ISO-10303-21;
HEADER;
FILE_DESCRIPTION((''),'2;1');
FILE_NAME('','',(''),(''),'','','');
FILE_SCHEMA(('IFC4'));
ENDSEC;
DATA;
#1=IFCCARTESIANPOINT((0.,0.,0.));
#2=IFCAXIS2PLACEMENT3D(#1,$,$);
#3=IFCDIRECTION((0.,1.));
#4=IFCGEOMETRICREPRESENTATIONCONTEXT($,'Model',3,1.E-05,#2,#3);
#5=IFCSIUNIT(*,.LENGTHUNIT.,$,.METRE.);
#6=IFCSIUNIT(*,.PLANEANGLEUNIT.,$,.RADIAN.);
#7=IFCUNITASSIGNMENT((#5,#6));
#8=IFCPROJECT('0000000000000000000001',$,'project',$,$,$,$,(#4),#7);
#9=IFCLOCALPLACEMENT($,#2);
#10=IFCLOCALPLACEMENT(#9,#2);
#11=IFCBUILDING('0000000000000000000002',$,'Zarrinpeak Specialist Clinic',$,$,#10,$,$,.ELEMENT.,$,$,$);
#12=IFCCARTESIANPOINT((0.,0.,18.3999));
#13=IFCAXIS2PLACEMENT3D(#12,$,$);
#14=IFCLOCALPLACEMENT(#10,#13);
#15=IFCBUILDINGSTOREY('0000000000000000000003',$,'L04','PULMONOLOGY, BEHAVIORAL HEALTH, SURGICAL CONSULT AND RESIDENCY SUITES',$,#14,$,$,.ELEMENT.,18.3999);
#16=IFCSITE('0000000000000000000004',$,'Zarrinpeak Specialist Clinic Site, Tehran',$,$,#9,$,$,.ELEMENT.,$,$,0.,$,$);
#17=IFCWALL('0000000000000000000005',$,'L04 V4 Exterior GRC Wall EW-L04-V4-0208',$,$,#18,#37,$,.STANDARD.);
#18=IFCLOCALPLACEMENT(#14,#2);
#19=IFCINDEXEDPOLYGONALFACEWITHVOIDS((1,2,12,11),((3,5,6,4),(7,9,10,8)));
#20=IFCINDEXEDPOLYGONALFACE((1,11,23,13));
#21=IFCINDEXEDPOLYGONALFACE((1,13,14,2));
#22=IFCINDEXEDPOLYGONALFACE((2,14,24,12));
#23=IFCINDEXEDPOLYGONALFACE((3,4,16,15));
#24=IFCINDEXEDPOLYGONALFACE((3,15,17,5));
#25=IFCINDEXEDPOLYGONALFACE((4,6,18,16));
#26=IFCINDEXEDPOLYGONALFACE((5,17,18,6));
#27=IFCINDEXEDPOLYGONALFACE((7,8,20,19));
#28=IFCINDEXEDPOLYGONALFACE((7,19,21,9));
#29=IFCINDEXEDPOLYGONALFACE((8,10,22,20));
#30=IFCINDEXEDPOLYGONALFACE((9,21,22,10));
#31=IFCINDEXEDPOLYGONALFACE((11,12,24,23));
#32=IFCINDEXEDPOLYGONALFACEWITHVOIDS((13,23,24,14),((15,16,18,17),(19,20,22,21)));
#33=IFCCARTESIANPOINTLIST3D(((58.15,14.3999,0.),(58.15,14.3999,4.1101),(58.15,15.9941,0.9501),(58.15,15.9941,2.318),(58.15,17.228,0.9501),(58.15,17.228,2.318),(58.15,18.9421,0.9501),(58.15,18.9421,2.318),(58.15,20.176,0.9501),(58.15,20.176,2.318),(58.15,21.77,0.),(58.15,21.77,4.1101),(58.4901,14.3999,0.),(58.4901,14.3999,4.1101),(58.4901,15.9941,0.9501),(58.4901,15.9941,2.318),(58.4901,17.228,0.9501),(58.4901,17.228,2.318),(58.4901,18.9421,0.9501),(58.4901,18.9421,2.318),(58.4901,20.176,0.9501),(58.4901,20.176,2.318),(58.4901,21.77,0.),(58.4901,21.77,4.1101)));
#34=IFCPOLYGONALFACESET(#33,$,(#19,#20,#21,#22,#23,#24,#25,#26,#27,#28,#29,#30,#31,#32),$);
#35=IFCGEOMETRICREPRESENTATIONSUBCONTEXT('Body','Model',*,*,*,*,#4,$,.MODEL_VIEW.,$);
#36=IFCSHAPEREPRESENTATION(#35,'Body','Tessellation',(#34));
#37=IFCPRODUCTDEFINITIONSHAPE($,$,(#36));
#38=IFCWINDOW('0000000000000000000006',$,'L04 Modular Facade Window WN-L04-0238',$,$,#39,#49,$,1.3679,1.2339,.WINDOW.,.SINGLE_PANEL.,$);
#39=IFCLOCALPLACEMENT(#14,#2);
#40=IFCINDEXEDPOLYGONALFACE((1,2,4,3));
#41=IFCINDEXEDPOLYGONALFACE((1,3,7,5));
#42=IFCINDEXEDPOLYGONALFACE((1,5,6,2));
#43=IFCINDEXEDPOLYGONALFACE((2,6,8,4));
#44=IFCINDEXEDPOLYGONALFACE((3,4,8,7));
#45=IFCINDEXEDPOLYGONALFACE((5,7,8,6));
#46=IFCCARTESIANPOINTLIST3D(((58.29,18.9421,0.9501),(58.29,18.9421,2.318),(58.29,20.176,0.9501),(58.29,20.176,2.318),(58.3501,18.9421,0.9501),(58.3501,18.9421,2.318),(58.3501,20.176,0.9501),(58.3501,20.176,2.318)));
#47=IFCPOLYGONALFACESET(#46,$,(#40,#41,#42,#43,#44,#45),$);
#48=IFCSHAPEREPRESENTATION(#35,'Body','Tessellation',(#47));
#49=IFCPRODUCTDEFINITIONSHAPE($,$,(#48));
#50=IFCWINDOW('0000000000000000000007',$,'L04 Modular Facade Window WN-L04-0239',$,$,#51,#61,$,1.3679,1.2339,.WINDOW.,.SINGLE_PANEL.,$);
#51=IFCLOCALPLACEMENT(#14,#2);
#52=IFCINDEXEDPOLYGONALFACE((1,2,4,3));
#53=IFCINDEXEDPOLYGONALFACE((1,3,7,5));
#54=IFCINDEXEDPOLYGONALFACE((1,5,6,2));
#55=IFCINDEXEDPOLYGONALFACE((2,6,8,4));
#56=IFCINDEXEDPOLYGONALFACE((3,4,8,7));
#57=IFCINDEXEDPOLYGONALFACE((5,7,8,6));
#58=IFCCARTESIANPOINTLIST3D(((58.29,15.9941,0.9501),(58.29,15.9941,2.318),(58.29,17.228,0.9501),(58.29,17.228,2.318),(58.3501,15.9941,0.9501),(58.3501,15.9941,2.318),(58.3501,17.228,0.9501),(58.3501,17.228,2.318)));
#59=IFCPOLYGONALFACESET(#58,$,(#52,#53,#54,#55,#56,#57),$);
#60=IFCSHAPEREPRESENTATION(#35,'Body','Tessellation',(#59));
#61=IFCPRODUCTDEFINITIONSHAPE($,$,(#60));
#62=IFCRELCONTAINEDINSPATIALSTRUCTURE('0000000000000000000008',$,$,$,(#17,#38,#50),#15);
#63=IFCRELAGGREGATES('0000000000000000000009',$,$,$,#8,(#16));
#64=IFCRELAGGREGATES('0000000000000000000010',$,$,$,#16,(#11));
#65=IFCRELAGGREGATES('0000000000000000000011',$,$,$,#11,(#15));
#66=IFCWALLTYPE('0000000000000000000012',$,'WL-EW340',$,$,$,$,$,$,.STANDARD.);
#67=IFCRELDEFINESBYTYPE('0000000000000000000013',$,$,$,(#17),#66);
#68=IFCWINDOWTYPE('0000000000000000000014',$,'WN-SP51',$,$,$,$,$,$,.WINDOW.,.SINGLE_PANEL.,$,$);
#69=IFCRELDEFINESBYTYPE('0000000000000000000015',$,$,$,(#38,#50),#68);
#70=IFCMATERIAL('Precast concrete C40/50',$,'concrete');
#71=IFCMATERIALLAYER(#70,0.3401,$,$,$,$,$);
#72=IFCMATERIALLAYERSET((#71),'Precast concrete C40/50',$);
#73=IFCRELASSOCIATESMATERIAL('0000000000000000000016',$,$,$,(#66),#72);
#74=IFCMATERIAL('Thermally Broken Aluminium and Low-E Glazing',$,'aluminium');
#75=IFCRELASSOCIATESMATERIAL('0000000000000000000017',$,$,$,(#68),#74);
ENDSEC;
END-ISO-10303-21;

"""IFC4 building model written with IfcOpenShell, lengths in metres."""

from ifc_helpers import new_model, si_unit, direction, frame, frame_2d, origin, place, context, subcontext, project, spatial, rectangle, extrude, material, layer, layer_set, type_object, element, fill, save


model = new_model("IFC4")

# Units and contexts
model_context = context("Model", 3, precision=1e-05, world=origin(), true_north=direction((0.0, 1.0)))
body_context = subcontext(model_context, "Body", "Model", "MODEL_VIEW")
ifc_project = project(units=[si_unit("LENGTHUNIT", "METRE"), si_unit("PLANEANGLEUNIT", "RADIAN")], contexts=[model_context])

# Site, building, storey
site_placement = place(None, origin())
site = spatial("IfcSite", under=ifc_project, at=site_placement, Name="Zarrinpeak Specialist Clinic Site, Tehran", CompositionType="ELEMENT", RefElevation=0.0)
building_placement = place(site_placement, origin())
building = spatial("IfcBuilding", under=site, at=building_placement, Name="Zarrinpeak Specialist Clinic", CompositionType="ELEMENT")
storey_placement = place(building_placement, frame((0.0, 0.0, 18.3999)))
storey = spatial("IfcBuildingStorey", under=building, at=storey_placement, Name="L04", Description="PULMONOLOGY, BEHAVIORAL HEALTH, SURGICAL CONSULT AND RESIDENCY SUITES", CompositionType="ELEMENT", Elevation=18.3999)

# Wall, openings, windows
ifc_material_1 = material(Name="Precast concrete C40/50", Category="concrete")
ifc_layer_1 = layer(ifc_material_1, 0.3401)
ifc_layer_set_1 = layer_set([ifc_layer_1], Name="Precast concrete C40/50")
wall_type = type_object("IfcWallType", Name="WL-EW340", PredefinedType="STANDARD", material=ifc_layer_set_1)
ifc_material_2 = material(Name="Thermally Broken Aluminium and Low-E Glazing", Category="aluminium")
wall_1_placement = place(storey_placement, frame((58.3201, 21.77, 0.0), z_axis=(0.0, 0.0, 1.0), x_axis=(0.0, -1.0, 0.0)))
wall_1 = element("IfcWall", 1, at=wall_1_placement, inside=storey, type_object=wall_type, Name="L04 V4 Exterior GRC Wall EW-L04-V4-0208", PredefinedType="STANDARD", context=body_context, shape_type="SweptSolid", body=[
    extrude(rectangle(XDim=7.3701, YDim=0.3401, at=frame_2d((3.6851, 0.0))), origin(), (0.0, 0.0, 1.0), 4.1101),
])
opening_1_placement = place(wall_1_placement, frame((1.594, 0.0, 0.95)))
opening_1 = element("IfcOpeningElement", 2, at=opening_1_placement, cuts=wall_1, PredefinedType="OPENING", context=body_context, shape_type="SweptSolid", body=[
    extrude(rectangle(XDim=1.2339, YDim=1.3679, at=frame_2d((0.6169, 0.6841))), frame((0.0, 0.1802, 0.0), z_axis=(0.0, -1.0, 0.0), x_axis=(1.0, 0.0, 0.0)), (0.0, 0.0, 1.0), 0.3601),
])
opening_2_placement = place(wall_1_placement, frame((4.542, 0.0, 0.95)))
opening_2 = element("IfcOpeningElement", 3, at=opening_2_placement, cuts=wall_1, PredefinedType="OPENING", context=body_context, shape_type="SweptSolid", body=[
    extrude(rectangle(XDim=1.2339, YDim=1.3679, at=frame_2d((0.6169, 0.6841))), frame((0.0, 0.1802, 0.0), z_axis=(0.0, -1.0, 0.0), x_axis=(1.0, 0.0, 0.0)), (0.0, 0.0, 1.0), 0.3601),
])
window_type_1 = type_object("IfcWindowType", Name="WN-SP51", PartitioningType="SINGLE_PANEL", PredefinedType="WINDOW", material=ifc_material_2)
window_1_placement = place(opening_1_placement, origin())
window_1 = element("IfcWindow", 4, at=window_1_placement, inside=storey, type_object=window_type_1, Name="L04 Modular Facade Window WN-L04-0238", OverallHeight=1.3679, OverallWidth=1.2339, PartitioningType="SINGLE_PANEL", PredefinedType="WINDOW", context=body_context, shape_type="SweptSolid", body=[
    extrude(rectangle(XDim=1.2339, YDim=1.3679, at=frame_2d((0.6169, 0.6841))), frame((0.0, 0.03, 0.0), z_axis=(0.0, -1.0, 0.0), x_axis=(1.0, 0.0, 0.0)), (0.0, 0.0, 1.0), 0.0601),
])
fill(opening_1, window_1)
window_2_placement = place(opening_2_placement, origin())
window_2 = element("IfcWindow", 5, at=window_2_placement, inside=storey, type_object=window_type_1, Name="L04 Modular Facade Window WN-L04-0239", OverallHeight=1.3679, OverallWidth=1.2339, PartitioningType="SINGLE_PANEL", PredefinedType="WINDOW", context=body_context, shape_type="SweptSolid", body=[
    extrude(rectangle(XDim=1.2339, YDim=1.3679, at=frame_2d((0.6169, 0.6841))), frame((0.0, 0.03, 0.0), z_axis=(0.0, -1.0, 0.0), x_axis=(1.0, 0.0, 0.0)), (0.0, 0.0, 1.0), 0.0601),
])
fill(opening_2, window_2)

save(model, "model.ifc")
